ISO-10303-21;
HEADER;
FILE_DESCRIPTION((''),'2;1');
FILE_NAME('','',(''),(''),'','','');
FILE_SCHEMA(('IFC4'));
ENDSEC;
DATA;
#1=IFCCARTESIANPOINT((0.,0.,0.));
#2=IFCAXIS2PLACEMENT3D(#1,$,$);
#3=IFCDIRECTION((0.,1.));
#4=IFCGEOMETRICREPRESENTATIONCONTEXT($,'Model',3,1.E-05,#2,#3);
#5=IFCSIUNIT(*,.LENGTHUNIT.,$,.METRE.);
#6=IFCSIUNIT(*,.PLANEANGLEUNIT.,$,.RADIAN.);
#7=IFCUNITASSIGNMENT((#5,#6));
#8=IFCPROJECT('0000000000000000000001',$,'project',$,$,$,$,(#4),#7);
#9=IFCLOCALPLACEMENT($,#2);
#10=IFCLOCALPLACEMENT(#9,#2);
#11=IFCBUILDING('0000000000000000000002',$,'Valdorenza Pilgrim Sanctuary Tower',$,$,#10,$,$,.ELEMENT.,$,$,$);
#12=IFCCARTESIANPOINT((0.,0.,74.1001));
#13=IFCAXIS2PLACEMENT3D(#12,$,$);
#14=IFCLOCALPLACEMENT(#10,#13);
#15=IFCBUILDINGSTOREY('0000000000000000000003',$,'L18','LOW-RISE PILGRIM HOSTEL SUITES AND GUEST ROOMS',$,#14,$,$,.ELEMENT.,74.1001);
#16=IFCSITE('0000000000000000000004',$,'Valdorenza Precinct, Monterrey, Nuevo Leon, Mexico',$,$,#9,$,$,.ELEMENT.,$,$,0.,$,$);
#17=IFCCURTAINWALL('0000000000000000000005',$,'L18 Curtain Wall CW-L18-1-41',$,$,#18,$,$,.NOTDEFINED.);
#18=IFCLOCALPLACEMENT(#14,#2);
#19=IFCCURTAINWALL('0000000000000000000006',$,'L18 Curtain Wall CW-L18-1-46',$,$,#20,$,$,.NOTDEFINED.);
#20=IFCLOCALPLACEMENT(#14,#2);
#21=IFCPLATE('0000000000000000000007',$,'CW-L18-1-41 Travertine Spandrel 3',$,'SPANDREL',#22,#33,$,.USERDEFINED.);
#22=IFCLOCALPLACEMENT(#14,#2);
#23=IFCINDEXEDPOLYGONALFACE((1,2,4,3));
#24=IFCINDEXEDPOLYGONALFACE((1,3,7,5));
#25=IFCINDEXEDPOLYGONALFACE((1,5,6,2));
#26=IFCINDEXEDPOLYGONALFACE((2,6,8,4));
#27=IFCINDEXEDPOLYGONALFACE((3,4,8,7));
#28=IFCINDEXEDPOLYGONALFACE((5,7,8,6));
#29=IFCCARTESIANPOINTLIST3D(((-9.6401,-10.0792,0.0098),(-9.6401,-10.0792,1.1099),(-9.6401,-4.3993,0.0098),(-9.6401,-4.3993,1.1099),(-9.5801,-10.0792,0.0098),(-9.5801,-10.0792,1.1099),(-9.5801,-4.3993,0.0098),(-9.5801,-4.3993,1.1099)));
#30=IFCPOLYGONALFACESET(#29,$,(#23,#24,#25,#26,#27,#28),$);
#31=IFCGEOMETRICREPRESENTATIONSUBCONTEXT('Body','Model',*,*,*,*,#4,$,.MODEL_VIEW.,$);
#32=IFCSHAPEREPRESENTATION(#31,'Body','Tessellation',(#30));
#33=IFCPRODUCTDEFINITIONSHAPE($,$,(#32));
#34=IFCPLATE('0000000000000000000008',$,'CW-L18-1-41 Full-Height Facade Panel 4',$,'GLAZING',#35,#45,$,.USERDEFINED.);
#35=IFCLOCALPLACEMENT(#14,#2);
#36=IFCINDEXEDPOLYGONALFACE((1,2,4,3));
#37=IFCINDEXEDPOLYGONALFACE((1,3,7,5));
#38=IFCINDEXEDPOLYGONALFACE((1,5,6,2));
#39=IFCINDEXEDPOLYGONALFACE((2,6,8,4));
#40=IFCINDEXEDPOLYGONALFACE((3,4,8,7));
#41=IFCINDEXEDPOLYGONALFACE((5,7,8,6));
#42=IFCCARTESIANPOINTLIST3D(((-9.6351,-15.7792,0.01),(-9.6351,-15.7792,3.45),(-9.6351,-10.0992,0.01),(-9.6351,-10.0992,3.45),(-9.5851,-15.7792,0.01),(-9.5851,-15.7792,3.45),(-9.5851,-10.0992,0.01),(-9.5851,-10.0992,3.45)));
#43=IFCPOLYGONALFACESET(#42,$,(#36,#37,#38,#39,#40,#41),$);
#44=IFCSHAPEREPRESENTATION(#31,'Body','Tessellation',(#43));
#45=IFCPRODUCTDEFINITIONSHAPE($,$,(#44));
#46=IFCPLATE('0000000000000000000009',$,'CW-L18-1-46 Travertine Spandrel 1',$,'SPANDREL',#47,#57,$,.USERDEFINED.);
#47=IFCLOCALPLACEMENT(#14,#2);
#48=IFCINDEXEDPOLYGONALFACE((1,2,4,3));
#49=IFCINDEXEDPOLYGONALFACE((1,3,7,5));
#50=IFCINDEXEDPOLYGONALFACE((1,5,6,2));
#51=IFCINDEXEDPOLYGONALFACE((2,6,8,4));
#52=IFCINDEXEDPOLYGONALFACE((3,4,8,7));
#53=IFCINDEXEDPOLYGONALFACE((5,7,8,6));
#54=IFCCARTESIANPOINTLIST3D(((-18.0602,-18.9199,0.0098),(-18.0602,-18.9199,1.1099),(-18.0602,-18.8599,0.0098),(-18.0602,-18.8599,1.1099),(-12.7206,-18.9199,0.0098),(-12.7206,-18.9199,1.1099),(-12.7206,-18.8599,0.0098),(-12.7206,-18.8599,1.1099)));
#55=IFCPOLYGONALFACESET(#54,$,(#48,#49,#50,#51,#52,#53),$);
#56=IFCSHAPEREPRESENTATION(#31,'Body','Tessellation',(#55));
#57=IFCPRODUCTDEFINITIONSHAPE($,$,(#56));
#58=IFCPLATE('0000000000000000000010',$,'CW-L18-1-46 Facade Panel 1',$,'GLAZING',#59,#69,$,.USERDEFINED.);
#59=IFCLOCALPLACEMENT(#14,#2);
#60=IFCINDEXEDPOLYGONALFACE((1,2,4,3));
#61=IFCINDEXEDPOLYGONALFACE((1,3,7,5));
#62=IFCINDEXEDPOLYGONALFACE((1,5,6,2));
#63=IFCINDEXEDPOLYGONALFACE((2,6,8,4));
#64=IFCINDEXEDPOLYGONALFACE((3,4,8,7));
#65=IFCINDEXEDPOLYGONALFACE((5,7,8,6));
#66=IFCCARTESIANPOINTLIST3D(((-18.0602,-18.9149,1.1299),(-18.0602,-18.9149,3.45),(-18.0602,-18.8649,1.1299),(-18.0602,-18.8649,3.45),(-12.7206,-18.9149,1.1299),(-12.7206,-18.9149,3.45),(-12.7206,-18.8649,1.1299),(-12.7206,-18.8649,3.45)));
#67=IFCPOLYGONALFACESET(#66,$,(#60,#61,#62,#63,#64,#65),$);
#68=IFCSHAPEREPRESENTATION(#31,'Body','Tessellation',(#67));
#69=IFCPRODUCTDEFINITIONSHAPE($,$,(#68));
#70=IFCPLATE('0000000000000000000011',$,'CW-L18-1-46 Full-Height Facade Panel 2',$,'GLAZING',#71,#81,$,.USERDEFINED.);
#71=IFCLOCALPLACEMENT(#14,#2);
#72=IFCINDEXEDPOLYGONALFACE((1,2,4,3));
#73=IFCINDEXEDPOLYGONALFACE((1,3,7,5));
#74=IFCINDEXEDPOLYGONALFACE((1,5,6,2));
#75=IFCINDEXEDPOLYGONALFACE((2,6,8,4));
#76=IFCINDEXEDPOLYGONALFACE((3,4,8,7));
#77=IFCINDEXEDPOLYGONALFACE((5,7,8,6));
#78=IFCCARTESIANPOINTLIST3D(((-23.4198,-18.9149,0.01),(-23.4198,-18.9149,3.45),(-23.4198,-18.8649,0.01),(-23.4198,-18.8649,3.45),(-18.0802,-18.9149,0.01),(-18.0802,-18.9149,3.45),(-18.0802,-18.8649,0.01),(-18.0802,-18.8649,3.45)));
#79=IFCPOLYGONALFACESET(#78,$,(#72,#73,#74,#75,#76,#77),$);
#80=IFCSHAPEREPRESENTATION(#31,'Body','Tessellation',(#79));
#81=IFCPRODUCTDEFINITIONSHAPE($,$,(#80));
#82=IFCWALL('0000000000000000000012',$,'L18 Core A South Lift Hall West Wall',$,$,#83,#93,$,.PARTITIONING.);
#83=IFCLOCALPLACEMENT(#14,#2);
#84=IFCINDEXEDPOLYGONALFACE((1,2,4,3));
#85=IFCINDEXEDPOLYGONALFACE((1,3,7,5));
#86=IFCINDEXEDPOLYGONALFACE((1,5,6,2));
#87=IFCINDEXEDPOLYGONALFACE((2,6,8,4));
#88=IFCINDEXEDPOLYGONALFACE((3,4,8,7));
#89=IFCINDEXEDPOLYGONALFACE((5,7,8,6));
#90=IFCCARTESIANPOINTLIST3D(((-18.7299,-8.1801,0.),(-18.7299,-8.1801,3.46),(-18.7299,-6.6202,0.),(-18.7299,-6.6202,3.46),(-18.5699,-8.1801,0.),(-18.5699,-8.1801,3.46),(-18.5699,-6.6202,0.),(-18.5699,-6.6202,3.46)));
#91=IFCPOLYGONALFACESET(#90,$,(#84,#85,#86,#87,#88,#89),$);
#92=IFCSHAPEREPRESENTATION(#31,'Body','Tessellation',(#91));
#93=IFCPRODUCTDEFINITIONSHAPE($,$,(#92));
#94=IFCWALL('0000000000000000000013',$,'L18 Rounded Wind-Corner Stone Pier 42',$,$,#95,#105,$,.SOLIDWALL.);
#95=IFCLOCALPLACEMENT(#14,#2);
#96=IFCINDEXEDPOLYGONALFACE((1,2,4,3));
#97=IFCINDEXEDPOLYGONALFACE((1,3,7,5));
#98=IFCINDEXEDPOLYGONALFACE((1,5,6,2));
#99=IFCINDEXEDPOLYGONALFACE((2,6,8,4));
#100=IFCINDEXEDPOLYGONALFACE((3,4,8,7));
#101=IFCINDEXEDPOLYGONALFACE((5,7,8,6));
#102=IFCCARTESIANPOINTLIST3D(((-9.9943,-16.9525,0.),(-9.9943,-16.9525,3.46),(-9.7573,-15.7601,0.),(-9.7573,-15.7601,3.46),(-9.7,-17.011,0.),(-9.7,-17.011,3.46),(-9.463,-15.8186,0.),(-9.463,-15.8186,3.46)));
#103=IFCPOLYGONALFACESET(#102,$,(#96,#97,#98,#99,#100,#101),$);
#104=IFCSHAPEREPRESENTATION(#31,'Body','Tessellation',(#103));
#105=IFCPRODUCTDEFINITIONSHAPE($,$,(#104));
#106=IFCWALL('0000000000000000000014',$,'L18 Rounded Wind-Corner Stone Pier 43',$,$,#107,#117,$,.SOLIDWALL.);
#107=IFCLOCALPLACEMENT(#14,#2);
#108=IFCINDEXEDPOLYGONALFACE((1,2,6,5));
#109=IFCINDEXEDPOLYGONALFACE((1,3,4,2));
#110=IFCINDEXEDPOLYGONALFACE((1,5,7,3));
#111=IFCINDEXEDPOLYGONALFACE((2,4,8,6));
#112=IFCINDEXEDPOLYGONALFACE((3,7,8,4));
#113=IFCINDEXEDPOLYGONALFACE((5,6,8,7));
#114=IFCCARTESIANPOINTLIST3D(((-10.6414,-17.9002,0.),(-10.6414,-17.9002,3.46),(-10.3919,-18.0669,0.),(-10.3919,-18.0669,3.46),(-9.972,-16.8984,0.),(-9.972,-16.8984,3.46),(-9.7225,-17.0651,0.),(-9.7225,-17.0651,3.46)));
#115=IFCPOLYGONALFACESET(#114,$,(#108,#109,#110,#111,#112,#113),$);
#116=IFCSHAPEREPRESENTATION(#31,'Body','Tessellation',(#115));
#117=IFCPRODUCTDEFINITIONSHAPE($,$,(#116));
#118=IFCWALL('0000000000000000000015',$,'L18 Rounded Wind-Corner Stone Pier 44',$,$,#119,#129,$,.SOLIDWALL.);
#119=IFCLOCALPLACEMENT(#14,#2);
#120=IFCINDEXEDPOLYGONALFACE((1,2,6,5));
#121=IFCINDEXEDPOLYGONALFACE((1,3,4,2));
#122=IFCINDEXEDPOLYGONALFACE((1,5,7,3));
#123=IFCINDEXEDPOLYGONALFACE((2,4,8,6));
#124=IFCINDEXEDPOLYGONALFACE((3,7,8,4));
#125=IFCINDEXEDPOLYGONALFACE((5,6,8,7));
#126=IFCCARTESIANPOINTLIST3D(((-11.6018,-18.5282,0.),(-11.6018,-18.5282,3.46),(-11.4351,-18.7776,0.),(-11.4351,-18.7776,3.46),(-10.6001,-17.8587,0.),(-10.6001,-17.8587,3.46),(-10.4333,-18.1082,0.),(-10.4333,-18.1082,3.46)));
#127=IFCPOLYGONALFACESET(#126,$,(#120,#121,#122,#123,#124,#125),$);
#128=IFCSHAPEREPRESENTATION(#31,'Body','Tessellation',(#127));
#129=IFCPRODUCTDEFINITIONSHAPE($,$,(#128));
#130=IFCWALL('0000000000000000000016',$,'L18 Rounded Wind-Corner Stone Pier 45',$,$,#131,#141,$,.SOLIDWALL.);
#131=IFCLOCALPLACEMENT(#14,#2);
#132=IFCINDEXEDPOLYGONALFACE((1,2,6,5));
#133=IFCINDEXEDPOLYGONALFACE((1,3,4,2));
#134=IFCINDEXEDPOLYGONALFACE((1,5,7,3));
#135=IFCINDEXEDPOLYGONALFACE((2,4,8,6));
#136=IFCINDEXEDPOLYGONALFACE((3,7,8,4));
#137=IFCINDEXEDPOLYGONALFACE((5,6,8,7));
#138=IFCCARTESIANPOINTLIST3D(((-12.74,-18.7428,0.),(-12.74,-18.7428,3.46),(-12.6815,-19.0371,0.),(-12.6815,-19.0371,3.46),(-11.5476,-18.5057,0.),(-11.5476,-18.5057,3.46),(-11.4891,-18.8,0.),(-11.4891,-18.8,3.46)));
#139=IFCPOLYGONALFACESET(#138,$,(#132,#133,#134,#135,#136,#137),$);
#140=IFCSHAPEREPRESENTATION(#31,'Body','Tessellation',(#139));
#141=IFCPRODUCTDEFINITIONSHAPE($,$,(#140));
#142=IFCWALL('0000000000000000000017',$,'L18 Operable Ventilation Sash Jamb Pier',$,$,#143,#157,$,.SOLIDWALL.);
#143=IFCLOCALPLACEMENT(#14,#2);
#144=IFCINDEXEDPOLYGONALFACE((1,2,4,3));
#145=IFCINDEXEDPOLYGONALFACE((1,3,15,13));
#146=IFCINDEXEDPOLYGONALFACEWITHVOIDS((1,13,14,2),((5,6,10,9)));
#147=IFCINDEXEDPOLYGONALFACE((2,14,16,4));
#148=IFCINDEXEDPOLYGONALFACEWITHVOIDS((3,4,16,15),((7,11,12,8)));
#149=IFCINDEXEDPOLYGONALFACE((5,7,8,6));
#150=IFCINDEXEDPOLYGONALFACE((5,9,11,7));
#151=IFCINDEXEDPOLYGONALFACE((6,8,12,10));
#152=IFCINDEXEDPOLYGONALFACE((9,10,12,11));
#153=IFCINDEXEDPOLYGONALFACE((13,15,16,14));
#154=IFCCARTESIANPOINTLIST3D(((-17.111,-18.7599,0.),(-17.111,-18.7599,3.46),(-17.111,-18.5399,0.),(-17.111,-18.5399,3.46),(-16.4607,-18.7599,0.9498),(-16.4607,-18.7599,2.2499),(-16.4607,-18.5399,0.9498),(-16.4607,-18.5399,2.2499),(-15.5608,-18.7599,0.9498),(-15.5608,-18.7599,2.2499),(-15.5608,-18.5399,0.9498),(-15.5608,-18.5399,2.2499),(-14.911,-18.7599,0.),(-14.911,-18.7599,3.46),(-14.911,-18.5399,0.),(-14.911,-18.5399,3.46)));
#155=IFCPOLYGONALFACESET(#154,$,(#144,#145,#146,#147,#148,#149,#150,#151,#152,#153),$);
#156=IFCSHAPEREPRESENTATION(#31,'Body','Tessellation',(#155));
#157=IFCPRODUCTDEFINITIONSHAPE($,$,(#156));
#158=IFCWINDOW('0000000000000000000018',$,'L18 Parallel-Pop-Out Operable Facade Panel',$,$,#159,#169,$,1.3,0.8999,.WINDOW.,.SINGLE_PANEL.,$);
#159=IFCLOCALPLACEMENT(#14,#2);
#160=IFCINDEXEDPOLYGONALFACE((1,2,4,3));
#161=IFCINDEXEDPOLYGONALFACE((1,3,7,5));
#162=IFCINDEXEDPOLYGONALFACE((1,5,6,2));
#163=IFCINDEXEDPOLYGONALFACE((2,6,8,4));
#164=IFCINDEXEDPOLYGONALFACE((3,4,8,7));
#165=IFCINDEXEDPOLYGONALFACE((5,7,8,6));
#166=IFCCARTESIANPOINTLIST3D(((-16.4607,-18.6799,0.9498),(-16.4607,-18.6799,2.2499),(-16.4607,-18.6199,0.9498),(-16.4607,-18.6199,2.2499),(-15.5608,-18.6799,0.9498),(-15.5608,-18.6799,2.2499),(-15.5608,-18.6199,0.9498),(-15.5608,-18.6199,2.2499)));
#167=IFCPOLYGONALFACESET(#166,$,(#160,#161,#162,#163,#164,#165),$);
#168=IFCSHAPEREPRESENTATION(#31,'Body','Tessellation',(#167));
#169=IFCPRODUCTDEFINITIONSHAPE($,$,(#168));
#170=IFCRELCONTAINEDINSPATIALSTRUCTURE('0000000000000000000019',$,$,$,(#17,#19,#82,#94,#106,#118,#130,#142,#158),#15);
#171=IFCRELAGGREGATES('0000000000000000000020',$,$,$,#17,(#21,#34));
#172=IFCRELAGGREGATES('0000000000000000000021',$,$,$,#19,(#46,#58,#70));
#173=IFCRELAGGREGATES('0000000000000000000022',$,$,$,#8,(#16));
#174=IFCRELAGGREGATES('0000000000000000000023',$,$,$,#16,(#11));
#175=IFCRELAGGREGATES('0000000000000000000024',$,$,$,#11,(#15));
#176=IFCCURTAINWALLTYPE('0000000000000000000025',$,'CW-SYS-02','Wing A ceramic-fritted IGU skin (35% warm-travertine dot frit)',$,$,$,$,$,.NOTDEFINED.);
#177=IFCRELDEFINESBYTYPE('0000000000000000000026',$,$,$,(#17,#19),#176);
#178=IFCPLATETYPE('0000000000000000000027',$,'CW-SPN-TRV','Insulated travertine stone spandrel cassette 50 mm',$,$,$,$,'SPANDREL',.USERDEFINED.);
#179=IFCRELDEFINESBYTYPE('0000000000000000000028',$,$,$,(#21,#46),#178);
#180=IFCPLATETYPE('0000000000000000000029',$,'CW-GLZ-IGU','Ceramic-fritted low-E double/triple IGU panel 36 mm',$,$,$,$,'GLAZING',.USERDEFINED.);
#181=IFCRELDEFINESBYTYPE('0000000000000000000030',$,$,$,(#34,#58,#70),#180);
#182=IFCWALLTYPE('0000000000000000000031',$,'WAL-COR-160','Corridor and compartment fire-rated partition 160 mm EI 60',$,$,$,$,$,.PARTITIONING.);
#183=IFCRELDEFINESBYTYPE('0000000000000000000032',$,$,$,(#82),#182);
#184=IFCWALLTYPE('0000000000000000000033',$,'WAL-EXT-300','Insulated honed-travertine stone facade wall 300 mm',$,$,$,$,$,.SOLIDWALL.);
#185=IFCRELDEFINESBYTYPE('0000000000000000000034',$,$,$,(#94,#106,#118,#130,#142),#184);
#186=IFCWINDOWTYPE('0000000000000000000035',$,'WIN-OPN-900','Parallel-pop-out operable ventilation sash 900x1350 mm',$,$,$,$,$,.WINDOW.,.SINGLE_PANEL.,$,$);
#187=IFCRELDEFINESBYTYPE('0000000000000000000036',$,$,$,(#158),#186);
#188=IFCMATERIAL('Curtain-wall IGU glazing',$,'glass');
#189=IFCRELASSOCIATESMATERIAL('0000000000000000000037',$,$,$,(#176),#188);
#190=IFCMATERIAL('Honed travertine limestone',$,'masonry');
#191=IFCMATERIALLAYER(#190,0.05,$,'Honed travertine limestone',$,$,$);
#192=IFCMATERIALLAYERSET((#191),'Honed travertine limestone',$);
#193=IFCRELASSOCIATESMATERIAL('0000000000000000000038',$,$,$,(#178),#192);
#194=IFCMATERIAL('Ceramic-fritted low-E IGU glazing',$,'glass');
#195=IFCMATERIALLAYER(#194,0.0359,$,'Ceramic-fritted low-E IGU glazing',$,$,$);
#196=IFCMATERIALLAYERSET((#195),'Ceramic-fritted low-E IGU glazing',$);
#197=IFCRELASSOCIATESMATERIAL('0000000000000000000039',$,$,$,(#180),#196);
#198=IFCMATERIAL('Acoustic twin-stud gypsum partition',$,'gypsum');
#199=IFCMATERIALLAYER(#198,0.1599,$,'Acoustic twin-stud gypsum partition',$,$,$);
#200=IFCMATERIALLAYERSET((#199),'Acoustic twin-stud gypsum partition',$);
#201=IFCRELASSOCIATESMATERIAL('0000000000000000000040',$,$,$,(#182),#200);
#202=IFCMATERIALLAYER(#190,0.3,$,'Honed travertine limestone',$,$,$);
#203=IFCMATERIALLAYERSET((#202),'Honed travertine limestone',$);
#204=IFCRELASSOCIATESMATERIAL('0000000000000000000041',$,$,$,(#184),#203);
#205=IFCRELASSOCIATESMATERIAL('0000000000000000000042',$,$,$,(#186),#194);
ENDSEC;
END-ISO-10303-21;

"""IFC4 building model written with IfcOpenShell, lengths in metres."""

from ifc_helpers import new_model, si_unit, direction, frame, frame_2d, origin, origin_2d, place, context, subcontext, project, spatial, rectangle, extrude, source, transform, mapped, material, layer, layer_set, type_object, element, fill, aggregate, save


model = new_model("IFC4")

# Units and contexts
model_context = context("Model", 3, precision=1e-05, world=origin(), true_north=direction((0.0, 1.0)))
body_context = subcontext(model_context, "Body", "Model", "MODEL_VIEW")
ifc_project = project(units=[si_unit("LENGTHUNIT", "METRE"), si_unit("PLANEANGLEUNIT", "RADIAN")], contexts=[model_context])

# Site, building, storey
site_placement = place(None, origin())
site = spatial("IfcSite", under=ifc_project, at=site_placement, Name="Valdorenza Precinct, Monterrey, Nuevo Leon, Mexico", CompositionType="ELEMENT", RefElevation=0.0)
building_placement = place(site_placement, origin())
building = spatial("IfcBuilding", under=site, at=building_placement, Name="Valdorenza Pilgrim Sanctuary Tower", CompositionType="ELEMENT")
storey_placement = place(building_placement, frame((0.0, 0.0, 74.1001)))
storey = spatial("IfcBuildingStorey", under=building, at=storey_placement, Name="L18", Description="LOW-RISE PILGRIM HOSTEL SUITES AND GUEST ROOMS", CompositionType="ELEMENT", Elevation=74.1001)

# Curtain walls
ifc_material_1 = material(Name="Curtain-wall IGU glazing", Category="glass")
curtain_wall_type = type_object("IfcCurtainWallType", Name="CW-SYS-02", Description="Wing A ceramic-fritted IGU skin (35% warm-travertine dot frit)", PredefinedType="NOTDEFINED", material=ifc_material_1)
curtain_wall_1_placement = place(storey_placement, origin())
curtain_wall_1 = element("IfcCurtainWall", 1, at=curtain_wall_1_placement, inside=storey, type_object=curtain_wall_type, Name="L18 Curtain Wall CW-L18-1-41", PredefinedType="NOTDEFINED")
curtain_wall_2_placement = place(storey_placement, origin())
curtain_wall_2 = element("IfcCurtainWall", 2, at=curtain_wall_2_placement, inside=storey, type_object=curtain_wall_type, Name="L18 Curtain Wall CW-L18-1-46", PredefinedType="NOTDEFINED")

# Plates
ifc_material_2 = material(Name="Honed travertine limestone", Category="masonry")
ifc_layer_1 = layer(ifc_material_2, 0.05, Name="Honed travertine limestone")
ifc_layer_set_1 = layer_set([ifc_layer_1], Name="Honed travertine limestone")
plate_type_1 = type_object("IfcPlateType", Name="CW-SPN-TRV", Description="Insulated travertine stone spandrel cassette 50 mm", ElementType="SPANDREL", PredefinedType="USERDEFINED", material=ifc_layer_set_1)
shared_shape_1 = source(origin(), body_context, "Body", "SweptSolid", [
    extrude(rectangle(XDim=5.6799, YDim=0.0601, at=origin_2d()), origin(), (0.0, 0.0, 1.0), 1.1001),
])
plate_1_placement = place(storey_placement, frame((-9.6101, -7.2393, 0.0098), z_axis=(0.0, 0.0, 1.0), x_axis=(0.0, -1.0, 0.0)))
plate_1 = element("IfcPlate", 3, at=plate_1_placement, type_object=plate_type_1, Name="CW-L18-1-41 Travertine Spandrel 3", ObjectType="SPANDREL", PredefinedType="USERDEFINED", context=body_context, shape_type="MappedRepresentation", body=[
    mapped(shared_shape_1, transform((0.0, 0.0, 0.0), x_axis=(1.0, 0.0, 0.0), y_axis=(0.0, 1.0, 0.0), z_axis=(0.0, 0.0, 1.0), scale=1.0)),
])
ifc_material_3 = material(Name="Ceramic-fritted low-E IGU glazing", Category="glass")
ifc_layer_2 = layer(ifc_material_3, 0.0359, Name="Ceramic-fritted low-E IGU glazing")
ifc_layer_set_2 = layer_set([ifc_layer_2], Name="Ceramic-fritted low-E IGU glazing")
plate_type_2 = type_object("IfcPlateType", Name="CW-GLZ-IGU", Description="Ceramic-fritted low-E double/triple IGU panel 36 mm", ElementType="GLAZING", PredefinedType="USERDEFINED", material=ifc_layer_set_2)
shared_shape_2 = source(origin(), body_context, "Body", "SweptSolid", [
    extrude(rectangle(XDim=5.6799, YDim=0.05, at=origin_2d()), origin(), (0.0, 0.0, 1.0), 3.4399),
])
plate_2_placement = place(storey_placement, frame((-9.6101, -12.9392, 0.01), z_axis=(0.0, 0.0, 1.0), x_axis=(0.0, -1.0, 0.0)))
plate_2 = element("IfcPlate", 4, at=plate_2_placement, type_object=plate_type_2, Name="CW-L18-1-41 Full-Height Facade Panel 4", ObjectType="GLAZING", PredefinedType="USERDEFINED", context=body_context, shape_type="MappedRepresentation", body=[
    mapped(shared_shape_2, transform((0.0, 0.0, 0.0), x_axis=(1.0, 0.0, 0.0), y_axis=(0.0, 1.0, 0.0), z_axis=(0.0, 0.0, 1.0), scale=1.0)),
])
aggregate(curtain_wall_1, [plate_1, plate_2])
shared_shape_3 = source(origin(), body_context, "Body", "SweptSolid", [
    extrude(rectangle(XDim=5.3396, YDim=0.0601, at=origin_2d()), origin(), (0.0, 0.0, 1.0), 1.1001),
])
plate_3_placement = place(storey_placement, frame((-15.3904, -18.8899, 0.0098), z_axis=(0.0, 0.0, 1.0), x_axis=(-1.0, 0.0, 0.0)))
plate_3 = element("IfcPlate", 5, at=plate_3_placement, type_object=plate_type_1, Name="CW-L18-1-46 Travertine Spandrel 1", ObjectType="SPANDREL", PredefinedType="USERDEFINED", context=body_context, shape_type="MappedRepresentation", body=[
    mapped(shared_shape_3, transform((0.0, 0.0, 0.0), x_axis=(1.0, 0.0, 0.0), y_axis=(0.0, 1.0, 0.0), z_axis=(0.0, 0.0, 1.0), scale=1.0)),
])
shared_shape_4 = source(origin(), body_context, "Body", "SweptSolid", [
    extrude(rectangle(XDim=5.3396, YDim=0.05, at=origin_2d()), origin(), (0.0, 0.0, 1.0), 2.3201),
])
plate_4_placement = place(storey_placement, frame((-15.3904, -18.8899, 1.1299), z_axis=(0.0, 0.0, 1.0), x_axis=(-1.0, 0.0, 0.0)))
plate_4 = element("IfcPlate", 6, at=plate_4_placement, type_object=plate_type_2, Name="CW-L18-1-46 Facade Panel 1", ObjectType="GLAZING", PredefinedType="USERDEFINED", context=body_context, shape_type="MappedRepresentation", body=[
    mapped(shared_shape_4, transform((0.0, 0.0, 0.0), x_axis=(1.0, 0.0, 0.0), y_axis=(0.0, 1.0, 0.0), z_axis=(0.0, 0.0, 1.0), scale=1.0)),
])
shared_shape_5 = source(origin(), body_context, "Body", "SweptSolid", [
    extrude(rectangle(XDim=5.3396, YDim=0.05, at=origin_2d()), origin(), (0.0, 0.0, 1.0), 3.4399),
])
plate_5_placement = place(storey_placement, frame((-20.75, -18.8899, 0.01), z_axis=(0.0, 0.0, 1.0), x_axis=(-1.0, 0.0, 0.0)))
plate_5 = element("IfcPlate", 7, at=plate_5_placement, type_object=plate_type_2, Name="CW-L18-1-46 Full-Height Facade Panel 2", ObjectType="GLAZING", PredefinedType="USERDEFINED", context=body_context, shape_type="MappedRepresentation", body=[
    mapped(shared_shape_5, transform((0.0, 0.0, 0.0), x_axis=(1.0, 0.0, 0.0), y_axis=(0.0, 1.0, 0.0), z_axis=(0.0, 0.0, 1.0), scale=1.0)),
])
aggregate(curtain_wall_2, [plate_3, plate_4, plate_5])

# Walls
ifc_material_4 = material(Name="Acoustic twin-stud gypsum partition", Category="gypsum")
ifc_layer_3 = layer(ifc_material_4, 0.1599, Name="Acoustic twin-stud gypsum partition")
ifc_layer_set_3 = layer_set([ifc_layer_3], Name="Acoustic twin-stud gypsum partition")
wall_type_1 = type_object("IfcWallType", Name="WAL-COR-160", Description="Corridor and compartment fire-rated partition 160 mm EI 60", PredefinedType="PARTITIONING", material=ifc_layer_set_3)
wall_1_placement = place(storey_placement, frame((-18.6499, -8.1799, 0.0), z_axis=(0.0, 0.0, 1.0), x_axis=(0.0, 1.0, 0.0)))
element("IfcWall", 8, at=wall_1_placement, inside=storey, type_object=wall_type_1, Name="L18 Core A South Lift Hall West Wall", PredefinedType="PARTITIONING", context=body_context, shape_type="SweptSolid", body=[
    extrude(rectangle(XDim=1.5598, YDim=0.1599, at=frame_2d((0.7798, 0.0))), origin(), (0.0, 0.0, 1.0), 3.46),
])
ifc_layer_4 = layer(ifc_material_2, 0.3, Name="Honed travertine limestone")
ifc_layer_set_4 = layer_set([ifc_layer_4], Name="Honed travertine limestone")
wall_type_2 = type_object("IfcWallType", Name="WAL-EXT-300", Description="Insulated honed-travertine stone facade wall 300 mm", PredefinedType="SOLIDWALL", material=ifc_layer_set_4)
wall_2_placement = place(storey_placement, frame((-9.6101, -15.7893, 0.0), z_axis=(0.0, 0.0, 1.0), x_axis=(-0.194996, -0.980804, 0.0)))
element("IfcWall", 9, at=wall_2_placement, inside=storey, type_object=wall_type_2, Name="L18 Rounded Wind-Corner Stone Pier 42", PredefinedType="SOLIDWALL", context=body_context, shape_type="SweptSolid", body=[
    extrude(rectangle(XDim=1.2158, YDim=0.3, at=frame_2d((0.6079, 0.0))), origin(), (0.0, 0.0, 1.0), 3.46),
])
for number, where, z_axis, x_axis, name in (
    (10, (-9.8472, -16.9817, 0.0), (0.0, 0.0, 1.0), (-0.555635, -0.831426, 0.0), "L18 Rounded Wind-Corner Stone Pier 43"),
    (11, (-10.5166, -17.9834, 0.0), (0.0, 0.0, 1.0), (-0.831426, -0.555635, 0.0), "L18 Rounded Wind-Corner Stone Pier 44"),
):
    element("IfcWall", number, at=place(storey_placement, frame(where, z_axis=z_axis, x_axis=x_axis)), inside=storey, type_object=wall_type_2, Name=name, PredefinedType="SOLIDWALL", context=body_context, shape_type="SweptSolid", body=[
        extrude(rectangle(XDim=1.2048, YDim=0.3, at=frame_2d((0.6025, 0.0))), origin(), (0.0, 0.0, 1.0), 3.46),
    ])
wall_3_placement = place(storey_placement, frame((-11.5183, -18.6528, 0.0), z_axis=(0.0, 0.0, 1.0), x_axis=(-0.980804, -0.194996, 0.0)))
element("IfcWall", 12, at=wall_3_placement, inside=storey, type_object=wall_type_2, Name="L18 Rounded Wind-Corner Stone Pier 45", PredefinedType="SOLIDWALL", context=body_context, shape_type="SweptSolid", body=[
    extrude(rectangle(XDim=1.2158, YDim=0.3, at=frame_2d((0.6079, 0.0))), origin(), (0.0, 0.0, 1.0), 3.46),
])

# Wall, opening, window
wall_4_placement = place(storey_placement, frame((-14.9109, -18.6499, 0.0), z_axis=(0.0, 0.0, 1.0), x_axis=(-1.0, 0.0, 0.0)))
wall_4 = element("IfcWall", 13, at=wall_4_placement, inside=storey, type_object=wall_type_2, Name="L18 Operable Ventilation Sash Jamb Pier", PredefinedType="SOLIDWALL", context=body_context, shape_type="SweptSolid", body=[
    extrude(rectangle(XDim=2.2, YDim=0.22, at=frame_2d((1.1001, 0.0))), origin(), (0.0, 0.0, 1.0), 3.46),
])
opening_1_placement = place(wall_4_placement, frame((0.6499, 0.0, 0.95)))
opening_1 = element("IfcOpeningElement", 14, at=opening_1_placement, cuts=wall_4, PredefinedType="OPENING", context=body_context, shape_type="SweptSolid", body=[
    extrude(rectangle(XDim=0.8999, YDim=1.3, at=frame_2d((0.45, 0.6499))), frame((0.0, 0.125, 0.0), z_axis=(0.0, -1.0, 0.0), x_axis=(1.0, 0.0, 0.0)), (0.0, 0.0, 1.0), 0.2498),
])
window_type = type_object("IfcWindowType", Name="WIN-OPN-900", Description="Parallel-pop-out operable ventilation sash 900x1350 mm", PartitioningType="SINGLE_PANEL", PredefinedType="WINDOW", material=ifc_material_3)
window_placement = place(opening_1_placement, origin())
window = element("IfcWindow", 15, at=window_placement, inside=storey, type_object=window_type, Name="L18 Parallel-Pop-Out Operable Facade Panel", OverallHeight=1.3, OverallWidth=0.8999, PartitioningType="SINGLE_PANEL", PredefinedType="WINDOW", context=body_context, shape_type="SweptSolid", body=[
    extrude(rectangle(XDim=0.8999, YDim=1.3, at=frame_2d((0.45, 0.6499))), frame((0.0, 0.03, 0.0), z_axis=(0.0, -1.0, 0.0), x_axis=(1.0, 0.0, 0.0)), (0.0, 0.0, 1.0), 0.0601),
])
fill(opening_1, window)

save(model, "model.ifc")
